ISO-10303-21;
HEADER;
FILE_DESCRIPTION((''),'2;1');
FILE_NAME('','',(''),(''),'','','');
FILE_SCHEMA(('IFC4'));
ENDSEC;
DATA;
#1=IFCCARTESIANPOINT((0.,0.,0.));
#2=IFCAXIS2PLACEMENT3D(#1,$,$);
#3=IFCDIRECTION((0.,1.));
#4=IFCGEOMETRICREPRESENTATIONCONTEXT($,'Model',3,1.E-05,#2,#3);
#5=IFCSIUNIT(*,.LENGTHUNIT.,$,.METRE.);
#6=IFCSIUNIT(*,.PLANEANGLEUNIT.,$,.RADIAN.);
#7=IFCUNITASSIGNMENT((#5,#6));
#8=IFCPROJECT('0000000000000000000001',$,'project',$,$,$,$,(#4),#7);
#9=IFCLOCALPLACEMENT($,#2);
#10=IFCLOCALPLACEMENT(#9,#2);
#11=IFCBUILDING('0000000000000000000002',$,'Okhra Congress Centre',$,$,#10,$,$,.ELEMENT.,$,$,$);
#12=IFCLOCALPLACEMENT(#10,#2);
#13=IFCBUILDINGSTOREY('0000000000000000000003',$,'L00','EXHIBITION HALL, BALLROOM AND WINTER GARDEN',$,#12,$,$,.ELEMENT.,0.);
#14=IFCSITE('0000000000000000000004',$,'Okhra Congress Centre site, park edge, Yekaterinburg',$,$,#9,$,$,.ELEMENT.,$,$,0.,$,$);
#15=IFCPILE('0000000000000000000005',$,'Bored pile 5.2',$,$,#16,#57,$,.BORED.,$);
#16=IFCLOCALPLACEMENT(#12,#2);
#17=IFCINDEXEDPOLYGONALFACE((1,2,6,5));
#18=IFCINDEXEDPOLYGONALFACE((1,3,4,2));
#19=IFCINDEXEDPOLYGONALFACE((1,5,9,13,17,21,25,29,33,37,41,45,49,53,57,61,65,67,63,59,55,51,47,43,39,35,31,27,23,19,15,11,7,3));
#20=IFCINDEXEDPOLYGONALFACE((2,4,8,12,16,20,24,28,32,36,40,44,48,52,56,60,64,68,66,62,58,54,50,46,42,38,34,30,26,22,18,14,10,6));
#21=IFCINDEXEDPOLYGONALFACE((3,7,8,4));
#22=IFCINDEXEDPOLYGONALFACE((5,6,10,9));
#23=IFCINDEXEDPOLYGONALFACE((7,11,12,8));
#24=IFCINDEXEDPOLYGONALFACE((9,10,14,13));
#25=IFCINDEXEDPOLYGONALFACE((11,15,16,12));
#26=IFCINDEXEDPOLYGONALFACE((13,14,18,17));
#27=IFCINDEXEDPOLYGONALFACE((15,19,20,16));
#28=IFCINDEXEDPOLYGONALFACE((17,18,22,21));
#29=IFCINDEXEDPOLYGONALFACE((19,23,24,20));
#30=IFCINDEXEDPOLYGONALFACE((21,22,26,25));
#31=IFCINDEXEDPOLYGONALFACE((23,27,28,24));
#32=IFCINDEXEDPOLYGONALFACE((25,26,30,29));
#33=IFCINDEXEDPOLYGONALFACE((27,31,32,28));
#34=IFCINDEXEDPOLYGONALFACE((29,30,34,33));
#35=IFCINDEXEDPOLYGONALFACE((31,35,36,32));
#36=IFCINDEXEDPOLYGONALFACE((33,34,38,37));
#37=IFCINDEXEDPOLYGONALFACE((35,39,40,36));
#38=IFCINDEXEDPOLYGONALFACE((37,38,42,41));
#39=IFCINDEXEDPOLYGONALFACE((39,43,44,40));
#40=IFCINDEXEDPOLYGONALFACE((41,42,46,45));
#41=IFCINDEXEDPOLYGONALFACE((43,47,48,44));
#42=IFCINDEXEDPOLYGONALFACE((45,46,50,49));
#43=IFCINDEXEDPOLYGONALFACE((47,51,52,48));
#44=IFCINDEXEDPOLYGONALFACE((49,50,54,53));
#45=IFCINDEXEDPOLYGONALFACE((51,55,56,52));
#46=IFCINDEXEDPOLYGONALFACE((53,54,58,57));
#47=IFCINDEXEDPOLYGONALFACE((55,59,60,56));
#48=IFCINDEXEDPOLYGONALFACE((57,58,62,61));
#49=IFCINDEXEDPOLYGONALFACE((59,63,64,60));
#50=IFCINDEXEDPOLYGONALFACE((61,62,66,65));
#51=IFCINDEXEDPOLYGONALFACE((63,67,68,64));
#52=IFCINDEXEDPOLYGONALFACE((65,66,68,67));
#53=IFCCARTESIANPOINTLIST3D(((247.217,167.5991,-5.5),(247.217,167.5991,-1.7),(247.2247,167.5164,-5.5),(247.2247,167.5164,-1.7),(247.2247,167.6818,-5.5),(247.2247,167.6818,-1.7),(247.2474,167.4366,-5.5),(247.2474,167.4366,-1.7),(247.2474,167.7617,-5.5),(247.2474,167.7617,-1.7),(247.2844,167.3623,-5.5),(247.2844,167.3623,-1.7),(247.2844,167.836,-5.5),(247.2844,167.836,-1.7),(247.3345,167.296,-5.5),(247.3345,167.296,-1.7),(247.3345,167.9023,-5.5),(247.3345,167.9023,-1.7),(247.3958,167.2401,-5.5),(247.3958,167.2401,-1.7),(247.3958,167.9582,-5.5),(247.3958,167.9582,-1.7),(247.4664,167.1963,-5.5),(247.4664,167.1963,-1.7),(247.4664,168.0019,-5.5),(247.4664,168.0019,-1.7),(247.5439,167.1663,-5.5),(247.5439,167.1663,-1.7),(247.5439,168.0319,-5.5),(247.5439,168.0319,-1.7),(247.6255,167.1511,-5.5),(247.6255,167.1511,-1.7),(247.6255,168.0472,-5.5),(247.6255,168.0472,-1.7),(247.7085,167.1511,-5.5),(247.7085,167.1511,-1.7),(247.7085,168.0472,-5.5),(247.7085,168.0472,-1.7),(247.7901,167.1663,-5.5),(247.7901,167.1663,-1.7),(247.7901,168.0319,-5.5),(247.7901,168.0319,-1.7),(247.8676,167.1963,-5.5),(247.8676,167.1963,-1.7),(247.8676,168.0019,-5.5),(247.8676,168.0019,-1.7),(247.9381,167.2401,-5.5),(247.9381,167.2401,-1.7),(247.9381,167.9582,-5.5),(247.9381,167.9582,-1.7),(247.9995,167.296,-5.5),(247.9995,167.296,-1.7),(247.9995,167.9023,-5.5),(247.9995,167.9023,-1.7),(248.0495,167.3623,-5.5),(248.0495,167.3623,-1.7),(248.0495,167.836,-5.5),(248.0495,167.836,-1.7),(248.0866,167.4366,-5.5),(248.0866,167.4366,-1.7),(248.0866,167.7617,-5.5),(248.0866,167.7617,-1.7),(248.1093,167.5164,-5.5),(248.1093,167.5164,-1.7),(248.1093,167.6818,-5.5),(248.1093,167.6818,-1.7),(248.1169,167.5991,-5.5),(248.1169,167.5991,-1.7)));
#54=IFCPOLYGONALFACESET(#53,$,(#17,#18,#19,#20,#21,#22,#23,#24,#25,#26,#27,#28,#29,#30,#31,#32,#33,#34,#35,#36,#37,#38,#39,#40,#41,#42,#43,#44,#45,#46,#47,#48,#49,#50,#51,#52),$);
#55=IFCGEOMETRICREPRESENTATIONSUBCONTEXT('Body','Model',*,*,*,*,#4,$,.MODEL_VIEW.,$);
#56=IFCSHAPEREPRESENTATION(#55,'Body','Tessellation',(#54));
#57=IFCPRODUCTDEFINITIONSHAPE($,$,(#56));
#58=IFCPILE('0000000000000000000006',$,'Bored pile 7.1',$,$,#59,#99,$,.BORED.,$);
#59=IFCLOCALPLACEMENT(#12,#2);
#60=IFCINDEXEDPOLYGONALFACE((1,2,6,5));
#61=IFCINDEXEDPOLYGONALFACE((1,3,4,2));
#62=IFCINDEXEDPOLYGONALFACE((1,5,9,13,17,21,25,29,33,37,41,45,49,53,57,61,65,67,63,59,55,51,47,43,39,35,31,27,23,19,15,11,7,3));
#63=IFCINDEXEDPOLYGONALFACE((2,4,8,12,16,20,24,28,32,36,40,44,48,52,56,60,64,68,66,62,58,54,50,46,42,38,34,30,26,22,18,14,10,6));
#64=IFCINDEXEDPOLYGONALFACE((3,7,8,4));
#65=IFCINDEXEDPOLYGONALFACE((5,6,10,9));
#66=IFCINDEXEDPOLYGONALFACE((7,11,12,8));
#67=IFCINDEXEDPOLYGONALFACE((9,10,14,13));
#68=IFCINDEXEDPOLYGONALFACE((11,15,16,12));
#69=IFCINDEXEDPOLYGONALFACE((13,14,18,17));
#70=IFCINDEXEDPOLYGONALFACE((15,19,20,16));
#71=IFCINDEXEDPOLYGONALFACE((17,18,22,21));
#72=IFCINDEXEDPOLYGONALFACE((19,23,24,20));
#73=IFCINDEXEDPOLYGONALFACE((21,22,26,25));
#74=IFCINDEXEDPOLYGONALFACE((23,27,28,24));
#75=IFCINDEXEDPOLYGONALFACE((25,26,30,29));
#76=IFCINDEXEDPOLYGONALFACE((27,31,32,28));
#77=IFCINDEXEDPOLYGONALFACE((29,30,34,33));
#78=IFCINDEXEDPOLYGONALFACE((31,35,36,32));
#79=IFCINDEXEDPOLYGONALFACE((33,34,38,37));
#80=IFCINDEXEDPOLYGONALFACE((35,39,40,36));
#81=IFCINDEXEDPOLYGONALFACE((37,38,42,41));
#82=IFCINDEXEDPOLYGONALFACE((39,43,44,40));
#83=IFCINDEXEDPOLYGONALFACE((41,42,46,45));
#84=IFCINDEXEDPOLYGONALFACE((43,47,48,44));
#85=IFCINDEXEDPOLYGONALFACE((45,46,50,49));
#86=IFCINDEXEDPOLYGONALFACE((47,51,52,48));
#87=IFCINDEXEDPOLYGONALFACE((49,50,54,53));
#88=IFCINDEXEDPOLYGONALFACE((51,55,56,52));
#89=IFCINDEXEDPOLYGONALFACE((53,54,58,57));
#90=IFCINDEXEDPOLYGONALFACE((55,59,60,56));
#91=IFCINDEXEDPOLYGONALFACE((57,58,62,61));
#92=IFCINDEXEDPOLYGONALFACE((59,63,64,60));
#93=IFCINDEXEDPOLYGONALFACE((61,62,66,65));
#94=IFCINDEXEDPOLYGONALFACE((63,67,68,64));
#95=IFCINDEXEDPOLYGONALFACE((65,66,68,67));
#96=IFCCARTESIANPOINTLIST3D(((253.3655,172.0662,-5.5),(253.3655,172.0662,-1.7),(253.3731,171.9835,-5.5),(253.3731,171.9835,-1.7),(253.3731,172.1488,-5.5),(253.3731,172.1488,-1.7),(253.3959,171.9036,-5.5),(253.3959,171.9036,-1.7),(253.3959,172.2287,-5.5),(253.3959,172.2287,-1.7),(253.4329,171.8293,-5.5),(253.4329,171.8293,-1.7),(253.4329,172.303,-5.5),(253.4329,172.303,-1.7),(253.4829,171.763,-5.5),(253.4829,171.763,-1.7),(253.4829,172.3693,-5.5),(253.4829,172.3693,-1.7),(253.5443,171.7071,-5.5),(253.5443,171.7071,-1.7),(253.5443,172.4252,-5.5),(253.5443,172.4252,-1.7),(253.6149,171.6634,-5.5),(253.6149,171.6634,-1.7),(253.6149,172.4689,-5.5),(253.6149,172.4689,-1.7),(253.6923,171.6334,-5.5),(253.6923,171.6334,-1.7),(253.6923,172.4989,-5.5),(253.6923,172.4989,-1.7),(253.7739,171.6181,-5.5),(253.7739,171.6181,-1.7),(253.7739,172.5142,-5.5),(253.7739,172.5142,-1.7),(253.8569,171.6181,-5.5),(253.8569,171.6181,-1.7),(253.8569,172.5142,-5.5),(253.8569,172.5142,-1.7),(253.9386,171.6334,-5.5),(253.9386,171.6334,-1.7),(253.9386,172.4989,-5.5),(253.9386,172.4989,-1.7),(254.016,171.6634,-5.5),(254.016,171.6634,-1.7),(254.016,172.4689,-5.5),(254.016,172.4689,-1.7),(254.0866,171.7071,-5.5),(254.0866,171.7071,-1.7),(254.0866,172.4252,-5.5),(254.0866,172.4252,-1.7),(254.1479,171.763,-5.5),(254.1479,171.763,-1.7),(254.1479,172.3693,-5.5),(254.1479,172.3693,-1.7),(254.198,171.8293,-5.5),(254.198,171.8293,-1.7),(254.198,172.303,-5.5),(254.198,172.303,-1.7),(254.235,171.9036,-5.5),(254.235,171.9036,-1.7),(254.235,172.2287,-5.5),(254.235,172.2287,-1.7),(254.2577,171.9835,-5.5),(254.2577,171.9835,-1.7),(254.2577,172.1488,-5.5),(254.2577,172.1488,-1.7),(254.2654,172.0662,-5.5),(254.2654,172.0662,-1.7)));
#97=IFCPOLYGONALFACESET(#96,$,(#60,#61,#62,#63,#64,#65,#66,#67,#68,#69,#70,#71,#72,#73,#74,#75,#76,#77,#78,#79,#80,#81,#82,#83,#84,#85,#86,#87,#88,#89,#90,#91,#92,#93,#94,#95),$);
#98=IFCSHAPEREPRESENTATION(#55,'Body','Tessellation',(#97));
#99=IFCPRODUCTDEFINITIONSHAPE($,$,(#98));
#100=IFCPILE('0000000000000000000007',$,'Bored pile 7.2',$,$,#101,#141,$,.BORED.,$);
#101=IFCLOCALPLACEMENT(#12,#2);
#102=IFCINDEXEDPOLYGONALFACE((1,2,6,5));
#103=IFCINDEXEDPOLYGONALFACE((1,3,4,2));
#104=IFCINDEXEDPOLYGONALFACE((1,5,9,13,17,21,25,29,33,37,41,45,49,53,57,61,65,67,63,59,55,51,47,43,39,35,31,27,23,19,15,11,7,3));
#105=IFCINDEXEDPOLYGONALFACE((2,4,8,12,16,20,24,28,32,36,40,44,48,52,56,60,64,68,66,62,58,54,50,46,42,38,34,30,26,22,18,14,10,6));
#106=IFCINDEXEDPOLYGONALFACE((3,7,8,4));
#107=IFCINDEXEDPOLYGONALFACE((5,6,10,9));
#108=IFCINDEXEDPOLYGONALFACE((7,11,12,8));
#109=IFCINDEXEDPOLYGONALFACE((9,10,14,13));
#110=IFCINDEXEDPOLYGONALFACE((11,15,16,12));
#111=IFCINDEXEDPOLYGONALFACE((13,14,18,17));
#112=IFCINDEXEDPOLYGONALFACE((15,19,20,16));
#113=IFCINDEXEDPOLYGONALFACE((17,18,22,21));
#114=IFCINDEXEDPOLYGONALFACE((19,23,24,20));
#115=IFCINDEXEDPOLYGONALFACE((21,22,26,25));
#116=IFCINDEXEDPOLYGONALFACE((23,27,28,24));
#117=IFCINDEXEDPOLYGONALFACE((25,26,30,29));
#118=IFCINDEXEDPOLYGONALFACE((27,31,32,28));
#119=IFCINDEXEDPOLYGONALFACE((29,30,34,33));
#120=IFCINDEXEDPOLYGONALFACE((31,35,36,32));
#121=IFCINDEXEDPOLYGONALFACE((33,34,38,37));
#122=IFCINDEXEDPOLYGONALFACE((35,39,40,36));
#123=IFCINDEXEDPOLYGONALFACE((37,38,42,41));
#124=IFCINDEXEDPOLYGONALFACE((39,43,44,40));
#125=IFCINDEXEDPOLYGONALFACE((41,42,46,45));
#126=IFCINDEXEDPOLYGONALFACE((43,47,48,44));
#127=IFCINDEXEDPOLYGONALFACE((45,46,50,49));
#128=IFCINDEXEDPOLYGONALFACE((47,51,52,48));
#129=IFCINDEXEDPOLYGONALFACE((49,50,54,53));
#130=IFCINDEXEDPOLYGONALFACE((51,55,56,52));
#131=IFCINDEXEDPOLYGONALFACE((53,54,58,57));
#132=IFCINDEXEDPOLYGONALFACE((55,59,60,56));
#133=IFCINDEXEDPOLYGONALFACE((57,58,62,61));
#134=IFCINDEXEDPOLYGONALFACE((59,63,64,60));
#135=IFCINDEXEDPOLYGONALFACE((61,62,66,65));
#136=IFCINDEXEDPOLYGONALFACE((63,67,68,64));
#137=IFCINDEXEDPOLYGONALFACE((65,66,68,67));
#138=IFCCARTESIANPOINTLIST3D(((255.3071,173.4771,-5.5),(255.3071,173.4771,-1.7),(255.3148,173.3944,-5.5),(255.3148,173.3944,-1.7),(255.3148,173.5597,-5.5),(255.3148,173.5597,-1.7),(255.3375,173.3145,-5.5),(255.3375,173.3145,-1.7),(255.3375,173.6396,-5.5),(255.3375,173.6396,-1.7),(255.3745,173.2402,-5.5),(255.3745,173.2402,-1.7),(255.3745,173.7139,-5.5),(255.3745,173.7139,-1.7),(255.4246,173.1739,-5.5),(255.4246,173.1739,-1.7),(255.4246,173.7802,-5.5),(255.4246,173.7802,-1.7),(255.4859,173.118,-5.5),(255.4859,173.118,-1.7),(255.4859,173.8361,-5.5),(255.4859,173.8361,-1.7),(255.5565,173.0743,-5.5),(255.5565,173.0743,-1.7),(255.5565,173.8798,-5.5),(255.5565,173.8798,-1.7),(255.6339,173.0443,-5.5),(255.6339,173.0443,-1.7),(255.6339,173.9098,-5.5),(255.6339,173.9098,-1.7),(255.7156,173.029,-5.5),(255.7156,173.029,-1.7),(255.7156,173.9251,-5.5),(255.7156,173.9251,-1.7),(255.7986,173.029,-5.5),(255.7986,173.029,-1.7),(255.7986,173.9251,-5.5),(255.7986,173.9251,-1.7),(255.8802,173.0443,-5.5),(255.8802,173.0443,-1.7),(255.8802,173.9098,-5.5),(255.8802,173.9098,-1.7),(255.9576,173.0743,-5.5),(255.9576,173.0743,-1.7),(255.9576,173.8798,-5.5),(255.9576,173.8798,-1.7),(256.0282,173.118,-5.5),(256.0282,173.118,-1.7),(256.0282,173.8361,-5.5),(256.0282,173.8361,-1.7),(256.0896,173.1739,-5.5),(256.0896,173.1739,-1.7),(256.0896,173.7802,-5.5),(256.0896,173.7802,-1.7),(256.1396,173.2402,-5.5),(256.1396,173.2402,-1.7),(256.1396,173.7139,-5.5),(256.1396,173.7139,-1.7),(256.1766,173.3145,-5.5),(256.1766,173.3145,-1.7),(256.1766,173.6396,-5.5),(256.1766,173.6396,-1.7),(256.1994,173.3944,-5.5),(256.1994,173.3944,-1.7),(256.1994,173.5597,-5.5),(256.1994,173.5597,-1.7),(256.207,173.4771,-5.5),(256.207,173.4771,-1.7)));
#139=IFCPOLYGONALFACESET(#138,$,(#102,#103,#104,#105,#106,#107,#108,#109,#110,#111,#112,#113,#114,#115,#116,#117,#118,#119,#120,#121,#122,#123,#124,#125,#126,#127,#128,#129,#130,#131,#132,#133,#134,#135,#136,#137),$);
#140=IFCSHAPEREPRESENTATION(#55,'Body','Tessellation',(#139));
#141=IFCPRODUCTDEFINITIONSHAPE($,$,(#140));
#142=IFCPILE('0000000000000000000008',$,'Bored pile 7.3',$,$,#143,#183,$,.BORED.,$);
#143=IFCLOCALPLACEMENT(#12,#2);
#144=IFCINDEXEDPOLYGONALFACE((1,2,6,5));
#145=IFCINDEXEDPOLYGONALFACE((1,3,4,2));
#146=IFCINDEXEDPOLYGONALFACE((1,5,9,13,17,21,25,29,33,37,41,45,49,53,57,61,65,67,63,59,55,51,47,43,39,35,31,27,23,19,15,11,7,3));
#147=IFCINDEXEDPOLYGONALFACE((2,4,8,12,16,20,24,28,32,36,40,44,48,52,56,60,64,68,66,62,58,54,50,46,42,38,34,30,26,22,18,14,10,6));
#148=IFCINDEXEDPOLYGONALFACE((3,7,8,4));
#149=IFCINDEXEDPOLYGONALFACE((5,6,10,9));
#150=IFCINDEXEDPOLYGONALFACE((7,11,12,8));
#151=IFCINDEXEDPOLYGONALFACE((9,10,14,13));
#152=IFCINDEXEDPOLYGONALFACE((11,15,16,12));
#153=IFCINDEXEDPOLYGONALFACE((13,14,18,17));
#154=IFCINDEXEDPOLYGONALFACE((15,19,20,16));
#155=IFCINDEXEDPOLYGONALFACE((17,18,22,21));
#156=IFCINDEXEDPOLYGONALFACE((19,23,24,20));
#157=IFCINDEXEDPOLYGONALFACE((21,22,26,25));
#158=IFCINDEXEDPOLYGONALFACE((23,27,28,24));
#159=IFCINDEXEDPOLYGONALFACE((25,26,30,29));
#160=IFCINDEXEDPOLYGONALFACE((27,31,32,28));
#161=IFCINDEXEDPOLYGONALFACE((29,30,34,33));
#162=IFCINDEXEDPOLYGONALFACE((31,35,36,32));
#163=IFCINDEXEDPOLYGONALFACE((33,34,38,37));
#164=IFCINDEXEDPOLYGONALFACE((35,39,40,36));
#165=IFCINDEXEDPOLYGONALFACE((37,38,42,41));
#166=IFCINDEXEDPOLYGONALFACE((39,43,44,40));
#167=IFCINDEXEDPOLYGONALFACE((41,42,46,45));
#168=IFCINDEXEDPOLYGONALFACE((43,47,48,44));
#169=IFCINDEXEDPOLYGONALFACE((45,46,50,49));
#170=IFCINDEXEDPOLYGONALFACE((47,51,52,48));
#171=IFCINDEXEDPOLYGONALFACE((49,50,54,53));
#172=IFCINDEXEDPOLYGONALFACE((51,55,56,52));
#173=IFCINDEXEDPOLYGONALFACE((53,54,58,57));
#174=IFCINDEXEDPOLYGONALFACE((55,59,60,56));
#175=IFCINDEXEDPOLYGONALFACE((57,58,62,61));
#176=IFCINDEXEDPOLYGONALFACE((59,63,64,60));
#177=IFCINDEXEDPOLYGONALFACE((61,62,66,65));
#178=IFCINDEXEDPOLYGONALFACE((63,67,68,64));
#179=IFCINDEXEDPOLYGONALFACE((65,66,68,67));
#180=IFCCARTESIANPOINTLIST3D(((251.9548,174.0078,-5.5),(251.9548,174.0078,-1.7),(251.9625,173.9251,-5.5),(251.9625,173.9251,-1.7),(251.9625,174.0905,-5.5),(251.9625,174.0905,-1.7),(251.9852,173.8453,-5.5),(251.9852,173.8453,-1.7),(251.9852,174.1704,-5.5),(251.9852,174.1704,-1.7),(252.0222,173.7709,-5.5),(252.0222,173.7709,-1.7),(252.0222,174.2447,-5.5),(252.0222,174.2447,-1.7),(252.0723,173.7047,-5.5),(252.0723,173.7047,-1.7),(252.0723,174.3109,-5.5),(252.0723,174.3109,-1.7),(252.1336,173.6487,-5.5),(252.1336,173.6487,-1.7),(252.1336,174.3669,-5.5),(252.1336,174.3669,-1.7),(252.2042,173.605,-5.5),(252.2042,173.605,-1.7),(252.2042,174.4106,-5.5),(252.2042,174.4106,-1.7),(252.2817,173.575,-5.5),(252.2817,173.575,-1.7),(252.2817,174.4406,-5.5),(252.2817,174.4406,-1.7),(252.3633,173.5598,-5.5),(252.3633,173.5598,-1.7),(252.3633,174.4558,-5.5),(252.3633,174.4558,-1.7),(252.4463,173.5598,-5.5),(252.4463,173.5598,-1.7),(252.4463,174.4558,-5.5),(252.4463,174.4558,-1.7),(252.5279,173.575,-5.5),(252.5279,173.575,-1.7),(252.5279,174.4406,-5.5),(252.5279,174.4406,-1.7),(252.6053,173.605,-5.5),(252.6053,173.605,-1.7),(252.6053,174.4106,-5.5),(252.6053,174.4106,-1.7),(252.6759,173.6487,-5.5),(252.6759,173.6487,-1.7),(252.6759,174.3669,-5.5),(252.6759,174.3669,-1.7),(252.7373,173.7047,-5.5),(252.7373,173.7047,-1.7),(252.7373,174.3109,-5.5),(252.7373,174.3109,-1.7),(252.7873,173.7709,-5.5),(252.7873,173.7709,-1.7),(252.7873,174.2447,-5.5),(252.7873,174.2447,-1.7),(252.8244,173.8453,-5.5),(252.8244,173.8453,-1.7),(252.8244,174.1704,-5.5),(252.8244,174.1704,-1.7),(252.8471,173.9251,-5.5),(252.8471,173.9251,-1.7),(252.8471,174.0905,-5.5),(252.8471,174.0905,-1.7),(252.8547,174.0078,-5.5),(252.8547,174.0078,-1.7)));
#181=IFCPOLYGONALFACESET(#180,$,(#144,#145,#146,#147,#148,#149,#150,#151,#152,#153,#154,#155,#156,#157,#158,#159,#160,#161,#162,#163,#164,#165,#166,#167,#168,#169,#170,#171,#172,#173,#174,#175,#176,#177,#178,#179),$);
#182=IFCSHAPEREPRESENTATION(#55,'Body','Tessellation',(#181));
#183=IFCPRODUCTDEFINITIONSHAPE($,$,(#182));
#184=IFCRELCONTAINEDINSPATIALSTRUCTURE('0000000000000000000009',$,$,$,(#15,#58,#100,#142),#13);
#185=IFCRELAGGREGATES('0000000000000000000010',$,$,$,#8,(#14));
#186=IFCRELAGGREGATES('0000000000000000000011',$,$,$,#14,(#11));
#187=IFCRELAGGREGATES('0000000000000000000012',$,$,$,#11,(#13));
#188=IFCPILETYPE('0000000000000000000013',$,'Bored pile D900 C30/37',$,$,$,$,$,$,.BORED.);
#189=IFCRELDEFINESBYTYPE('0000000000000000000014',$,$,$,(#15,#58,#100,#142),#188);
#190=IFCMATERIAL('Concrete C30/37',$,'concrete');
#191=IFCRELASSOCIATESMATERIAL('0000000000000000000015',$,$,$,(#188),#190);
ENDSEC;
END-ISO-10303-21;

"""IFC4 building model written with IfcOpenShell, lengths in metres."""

from ifc_helpers import new_model, si_unit, direction, frame, origin, origin_2d, place, context, subcontext, project, spatial, circle, extrude, material, material_profile, profile_set, type_object, element, save


model = new_model("IFC4")

# Units and contexts
model_context = context("Model", 3, precision=1e-05, world=origin(), true_north=direction((0.0, 1.0)))
body_context = subcontext(model_context, "Body", "Model", "MODEL_VIEW")
ifc_project = project(units=[si_unit("LENGTHUNIT", "METRE"), si_unit("PLANEANGLEUNIT", "RADIAN")], contexts=[model_context])

# Site, building, storey
site_placement = place(None, origin())
site = spatial("IfcSite", under=ifc_project, at=site_placement, Name="Okhra Congress Centre site, park edge, Yekaterinburg", CompositionType="ELEMENT", RefElevation=0.0)
building_placement = place(site_placement, origin())
building = spatial("IfcBuilding", under=site, at=building_placement, Name="Okhra Congress Centre", CompositionType="ELEMENT")
storey_placement = place(building_placement, origin())
storey = spatial("IfcBuildingStorey", under=building, at=storey_placement, Name="L00", Description="EXHIBITION HALL, BALLROOM AND WINTER GARDEN", CompositionType="ELEMENT", Elevation=0.0)

# Piles
ifc_material_1 = material(Name="Concrete C30/37", Category="concrete")
ifc_material_profile_1 = material_profile(ifc_material_1, circle(Radius=0.45, at=origin_2d()), Name="D900")
ifc_profile_set_1 = profile_set([ifc_material_profile_1], Name="Concrete C30/37")
pile_type = type_object("IfcPileType", Name="Bored pile D900 C30/37", PredefinedType="BORED", material=ifc_profile_set_1)
for number, where, z_axis, x_axis, name in (
    (1, (247.667, 167.5991, -1.7), (0.0, 0.0, -1.0), (1.0, 0.0, 0.0), "Bored pile 5.2"),
    (2, (253.8154, 172.0662, -1.7), (0.0, 0.0, -1.0), (1.0, 0.0, 0.0), "Bored pile 7.1"),
    (3, (255.7571, 173.4771, -1.7), (0.0, 0.0, -1.0), (1.0, 0.0, 0.0), "Bored pile 7.2"),
    (4, (252.4048, 174.0078, -1.7), (0.0, 0.0, -1.0), (1.0, 0.0, 0.0), "Bored pile 7.3"),
):
    element("IfcPile", number, at=place(storey_placement, frame(where, z_axis=z_axis, x_axis=x_axis)), inside=storey, type_object=pile_type, Name=name, PredefinedType="BORED", context=body_context, shape_type="SweptSolid", body=[
        extrude(circle(Radius=0.45, at=origin_2d()), origin(), (0.0, 0.0, 1.0), 3.8),
    ])

save(model, "model.ifc")
